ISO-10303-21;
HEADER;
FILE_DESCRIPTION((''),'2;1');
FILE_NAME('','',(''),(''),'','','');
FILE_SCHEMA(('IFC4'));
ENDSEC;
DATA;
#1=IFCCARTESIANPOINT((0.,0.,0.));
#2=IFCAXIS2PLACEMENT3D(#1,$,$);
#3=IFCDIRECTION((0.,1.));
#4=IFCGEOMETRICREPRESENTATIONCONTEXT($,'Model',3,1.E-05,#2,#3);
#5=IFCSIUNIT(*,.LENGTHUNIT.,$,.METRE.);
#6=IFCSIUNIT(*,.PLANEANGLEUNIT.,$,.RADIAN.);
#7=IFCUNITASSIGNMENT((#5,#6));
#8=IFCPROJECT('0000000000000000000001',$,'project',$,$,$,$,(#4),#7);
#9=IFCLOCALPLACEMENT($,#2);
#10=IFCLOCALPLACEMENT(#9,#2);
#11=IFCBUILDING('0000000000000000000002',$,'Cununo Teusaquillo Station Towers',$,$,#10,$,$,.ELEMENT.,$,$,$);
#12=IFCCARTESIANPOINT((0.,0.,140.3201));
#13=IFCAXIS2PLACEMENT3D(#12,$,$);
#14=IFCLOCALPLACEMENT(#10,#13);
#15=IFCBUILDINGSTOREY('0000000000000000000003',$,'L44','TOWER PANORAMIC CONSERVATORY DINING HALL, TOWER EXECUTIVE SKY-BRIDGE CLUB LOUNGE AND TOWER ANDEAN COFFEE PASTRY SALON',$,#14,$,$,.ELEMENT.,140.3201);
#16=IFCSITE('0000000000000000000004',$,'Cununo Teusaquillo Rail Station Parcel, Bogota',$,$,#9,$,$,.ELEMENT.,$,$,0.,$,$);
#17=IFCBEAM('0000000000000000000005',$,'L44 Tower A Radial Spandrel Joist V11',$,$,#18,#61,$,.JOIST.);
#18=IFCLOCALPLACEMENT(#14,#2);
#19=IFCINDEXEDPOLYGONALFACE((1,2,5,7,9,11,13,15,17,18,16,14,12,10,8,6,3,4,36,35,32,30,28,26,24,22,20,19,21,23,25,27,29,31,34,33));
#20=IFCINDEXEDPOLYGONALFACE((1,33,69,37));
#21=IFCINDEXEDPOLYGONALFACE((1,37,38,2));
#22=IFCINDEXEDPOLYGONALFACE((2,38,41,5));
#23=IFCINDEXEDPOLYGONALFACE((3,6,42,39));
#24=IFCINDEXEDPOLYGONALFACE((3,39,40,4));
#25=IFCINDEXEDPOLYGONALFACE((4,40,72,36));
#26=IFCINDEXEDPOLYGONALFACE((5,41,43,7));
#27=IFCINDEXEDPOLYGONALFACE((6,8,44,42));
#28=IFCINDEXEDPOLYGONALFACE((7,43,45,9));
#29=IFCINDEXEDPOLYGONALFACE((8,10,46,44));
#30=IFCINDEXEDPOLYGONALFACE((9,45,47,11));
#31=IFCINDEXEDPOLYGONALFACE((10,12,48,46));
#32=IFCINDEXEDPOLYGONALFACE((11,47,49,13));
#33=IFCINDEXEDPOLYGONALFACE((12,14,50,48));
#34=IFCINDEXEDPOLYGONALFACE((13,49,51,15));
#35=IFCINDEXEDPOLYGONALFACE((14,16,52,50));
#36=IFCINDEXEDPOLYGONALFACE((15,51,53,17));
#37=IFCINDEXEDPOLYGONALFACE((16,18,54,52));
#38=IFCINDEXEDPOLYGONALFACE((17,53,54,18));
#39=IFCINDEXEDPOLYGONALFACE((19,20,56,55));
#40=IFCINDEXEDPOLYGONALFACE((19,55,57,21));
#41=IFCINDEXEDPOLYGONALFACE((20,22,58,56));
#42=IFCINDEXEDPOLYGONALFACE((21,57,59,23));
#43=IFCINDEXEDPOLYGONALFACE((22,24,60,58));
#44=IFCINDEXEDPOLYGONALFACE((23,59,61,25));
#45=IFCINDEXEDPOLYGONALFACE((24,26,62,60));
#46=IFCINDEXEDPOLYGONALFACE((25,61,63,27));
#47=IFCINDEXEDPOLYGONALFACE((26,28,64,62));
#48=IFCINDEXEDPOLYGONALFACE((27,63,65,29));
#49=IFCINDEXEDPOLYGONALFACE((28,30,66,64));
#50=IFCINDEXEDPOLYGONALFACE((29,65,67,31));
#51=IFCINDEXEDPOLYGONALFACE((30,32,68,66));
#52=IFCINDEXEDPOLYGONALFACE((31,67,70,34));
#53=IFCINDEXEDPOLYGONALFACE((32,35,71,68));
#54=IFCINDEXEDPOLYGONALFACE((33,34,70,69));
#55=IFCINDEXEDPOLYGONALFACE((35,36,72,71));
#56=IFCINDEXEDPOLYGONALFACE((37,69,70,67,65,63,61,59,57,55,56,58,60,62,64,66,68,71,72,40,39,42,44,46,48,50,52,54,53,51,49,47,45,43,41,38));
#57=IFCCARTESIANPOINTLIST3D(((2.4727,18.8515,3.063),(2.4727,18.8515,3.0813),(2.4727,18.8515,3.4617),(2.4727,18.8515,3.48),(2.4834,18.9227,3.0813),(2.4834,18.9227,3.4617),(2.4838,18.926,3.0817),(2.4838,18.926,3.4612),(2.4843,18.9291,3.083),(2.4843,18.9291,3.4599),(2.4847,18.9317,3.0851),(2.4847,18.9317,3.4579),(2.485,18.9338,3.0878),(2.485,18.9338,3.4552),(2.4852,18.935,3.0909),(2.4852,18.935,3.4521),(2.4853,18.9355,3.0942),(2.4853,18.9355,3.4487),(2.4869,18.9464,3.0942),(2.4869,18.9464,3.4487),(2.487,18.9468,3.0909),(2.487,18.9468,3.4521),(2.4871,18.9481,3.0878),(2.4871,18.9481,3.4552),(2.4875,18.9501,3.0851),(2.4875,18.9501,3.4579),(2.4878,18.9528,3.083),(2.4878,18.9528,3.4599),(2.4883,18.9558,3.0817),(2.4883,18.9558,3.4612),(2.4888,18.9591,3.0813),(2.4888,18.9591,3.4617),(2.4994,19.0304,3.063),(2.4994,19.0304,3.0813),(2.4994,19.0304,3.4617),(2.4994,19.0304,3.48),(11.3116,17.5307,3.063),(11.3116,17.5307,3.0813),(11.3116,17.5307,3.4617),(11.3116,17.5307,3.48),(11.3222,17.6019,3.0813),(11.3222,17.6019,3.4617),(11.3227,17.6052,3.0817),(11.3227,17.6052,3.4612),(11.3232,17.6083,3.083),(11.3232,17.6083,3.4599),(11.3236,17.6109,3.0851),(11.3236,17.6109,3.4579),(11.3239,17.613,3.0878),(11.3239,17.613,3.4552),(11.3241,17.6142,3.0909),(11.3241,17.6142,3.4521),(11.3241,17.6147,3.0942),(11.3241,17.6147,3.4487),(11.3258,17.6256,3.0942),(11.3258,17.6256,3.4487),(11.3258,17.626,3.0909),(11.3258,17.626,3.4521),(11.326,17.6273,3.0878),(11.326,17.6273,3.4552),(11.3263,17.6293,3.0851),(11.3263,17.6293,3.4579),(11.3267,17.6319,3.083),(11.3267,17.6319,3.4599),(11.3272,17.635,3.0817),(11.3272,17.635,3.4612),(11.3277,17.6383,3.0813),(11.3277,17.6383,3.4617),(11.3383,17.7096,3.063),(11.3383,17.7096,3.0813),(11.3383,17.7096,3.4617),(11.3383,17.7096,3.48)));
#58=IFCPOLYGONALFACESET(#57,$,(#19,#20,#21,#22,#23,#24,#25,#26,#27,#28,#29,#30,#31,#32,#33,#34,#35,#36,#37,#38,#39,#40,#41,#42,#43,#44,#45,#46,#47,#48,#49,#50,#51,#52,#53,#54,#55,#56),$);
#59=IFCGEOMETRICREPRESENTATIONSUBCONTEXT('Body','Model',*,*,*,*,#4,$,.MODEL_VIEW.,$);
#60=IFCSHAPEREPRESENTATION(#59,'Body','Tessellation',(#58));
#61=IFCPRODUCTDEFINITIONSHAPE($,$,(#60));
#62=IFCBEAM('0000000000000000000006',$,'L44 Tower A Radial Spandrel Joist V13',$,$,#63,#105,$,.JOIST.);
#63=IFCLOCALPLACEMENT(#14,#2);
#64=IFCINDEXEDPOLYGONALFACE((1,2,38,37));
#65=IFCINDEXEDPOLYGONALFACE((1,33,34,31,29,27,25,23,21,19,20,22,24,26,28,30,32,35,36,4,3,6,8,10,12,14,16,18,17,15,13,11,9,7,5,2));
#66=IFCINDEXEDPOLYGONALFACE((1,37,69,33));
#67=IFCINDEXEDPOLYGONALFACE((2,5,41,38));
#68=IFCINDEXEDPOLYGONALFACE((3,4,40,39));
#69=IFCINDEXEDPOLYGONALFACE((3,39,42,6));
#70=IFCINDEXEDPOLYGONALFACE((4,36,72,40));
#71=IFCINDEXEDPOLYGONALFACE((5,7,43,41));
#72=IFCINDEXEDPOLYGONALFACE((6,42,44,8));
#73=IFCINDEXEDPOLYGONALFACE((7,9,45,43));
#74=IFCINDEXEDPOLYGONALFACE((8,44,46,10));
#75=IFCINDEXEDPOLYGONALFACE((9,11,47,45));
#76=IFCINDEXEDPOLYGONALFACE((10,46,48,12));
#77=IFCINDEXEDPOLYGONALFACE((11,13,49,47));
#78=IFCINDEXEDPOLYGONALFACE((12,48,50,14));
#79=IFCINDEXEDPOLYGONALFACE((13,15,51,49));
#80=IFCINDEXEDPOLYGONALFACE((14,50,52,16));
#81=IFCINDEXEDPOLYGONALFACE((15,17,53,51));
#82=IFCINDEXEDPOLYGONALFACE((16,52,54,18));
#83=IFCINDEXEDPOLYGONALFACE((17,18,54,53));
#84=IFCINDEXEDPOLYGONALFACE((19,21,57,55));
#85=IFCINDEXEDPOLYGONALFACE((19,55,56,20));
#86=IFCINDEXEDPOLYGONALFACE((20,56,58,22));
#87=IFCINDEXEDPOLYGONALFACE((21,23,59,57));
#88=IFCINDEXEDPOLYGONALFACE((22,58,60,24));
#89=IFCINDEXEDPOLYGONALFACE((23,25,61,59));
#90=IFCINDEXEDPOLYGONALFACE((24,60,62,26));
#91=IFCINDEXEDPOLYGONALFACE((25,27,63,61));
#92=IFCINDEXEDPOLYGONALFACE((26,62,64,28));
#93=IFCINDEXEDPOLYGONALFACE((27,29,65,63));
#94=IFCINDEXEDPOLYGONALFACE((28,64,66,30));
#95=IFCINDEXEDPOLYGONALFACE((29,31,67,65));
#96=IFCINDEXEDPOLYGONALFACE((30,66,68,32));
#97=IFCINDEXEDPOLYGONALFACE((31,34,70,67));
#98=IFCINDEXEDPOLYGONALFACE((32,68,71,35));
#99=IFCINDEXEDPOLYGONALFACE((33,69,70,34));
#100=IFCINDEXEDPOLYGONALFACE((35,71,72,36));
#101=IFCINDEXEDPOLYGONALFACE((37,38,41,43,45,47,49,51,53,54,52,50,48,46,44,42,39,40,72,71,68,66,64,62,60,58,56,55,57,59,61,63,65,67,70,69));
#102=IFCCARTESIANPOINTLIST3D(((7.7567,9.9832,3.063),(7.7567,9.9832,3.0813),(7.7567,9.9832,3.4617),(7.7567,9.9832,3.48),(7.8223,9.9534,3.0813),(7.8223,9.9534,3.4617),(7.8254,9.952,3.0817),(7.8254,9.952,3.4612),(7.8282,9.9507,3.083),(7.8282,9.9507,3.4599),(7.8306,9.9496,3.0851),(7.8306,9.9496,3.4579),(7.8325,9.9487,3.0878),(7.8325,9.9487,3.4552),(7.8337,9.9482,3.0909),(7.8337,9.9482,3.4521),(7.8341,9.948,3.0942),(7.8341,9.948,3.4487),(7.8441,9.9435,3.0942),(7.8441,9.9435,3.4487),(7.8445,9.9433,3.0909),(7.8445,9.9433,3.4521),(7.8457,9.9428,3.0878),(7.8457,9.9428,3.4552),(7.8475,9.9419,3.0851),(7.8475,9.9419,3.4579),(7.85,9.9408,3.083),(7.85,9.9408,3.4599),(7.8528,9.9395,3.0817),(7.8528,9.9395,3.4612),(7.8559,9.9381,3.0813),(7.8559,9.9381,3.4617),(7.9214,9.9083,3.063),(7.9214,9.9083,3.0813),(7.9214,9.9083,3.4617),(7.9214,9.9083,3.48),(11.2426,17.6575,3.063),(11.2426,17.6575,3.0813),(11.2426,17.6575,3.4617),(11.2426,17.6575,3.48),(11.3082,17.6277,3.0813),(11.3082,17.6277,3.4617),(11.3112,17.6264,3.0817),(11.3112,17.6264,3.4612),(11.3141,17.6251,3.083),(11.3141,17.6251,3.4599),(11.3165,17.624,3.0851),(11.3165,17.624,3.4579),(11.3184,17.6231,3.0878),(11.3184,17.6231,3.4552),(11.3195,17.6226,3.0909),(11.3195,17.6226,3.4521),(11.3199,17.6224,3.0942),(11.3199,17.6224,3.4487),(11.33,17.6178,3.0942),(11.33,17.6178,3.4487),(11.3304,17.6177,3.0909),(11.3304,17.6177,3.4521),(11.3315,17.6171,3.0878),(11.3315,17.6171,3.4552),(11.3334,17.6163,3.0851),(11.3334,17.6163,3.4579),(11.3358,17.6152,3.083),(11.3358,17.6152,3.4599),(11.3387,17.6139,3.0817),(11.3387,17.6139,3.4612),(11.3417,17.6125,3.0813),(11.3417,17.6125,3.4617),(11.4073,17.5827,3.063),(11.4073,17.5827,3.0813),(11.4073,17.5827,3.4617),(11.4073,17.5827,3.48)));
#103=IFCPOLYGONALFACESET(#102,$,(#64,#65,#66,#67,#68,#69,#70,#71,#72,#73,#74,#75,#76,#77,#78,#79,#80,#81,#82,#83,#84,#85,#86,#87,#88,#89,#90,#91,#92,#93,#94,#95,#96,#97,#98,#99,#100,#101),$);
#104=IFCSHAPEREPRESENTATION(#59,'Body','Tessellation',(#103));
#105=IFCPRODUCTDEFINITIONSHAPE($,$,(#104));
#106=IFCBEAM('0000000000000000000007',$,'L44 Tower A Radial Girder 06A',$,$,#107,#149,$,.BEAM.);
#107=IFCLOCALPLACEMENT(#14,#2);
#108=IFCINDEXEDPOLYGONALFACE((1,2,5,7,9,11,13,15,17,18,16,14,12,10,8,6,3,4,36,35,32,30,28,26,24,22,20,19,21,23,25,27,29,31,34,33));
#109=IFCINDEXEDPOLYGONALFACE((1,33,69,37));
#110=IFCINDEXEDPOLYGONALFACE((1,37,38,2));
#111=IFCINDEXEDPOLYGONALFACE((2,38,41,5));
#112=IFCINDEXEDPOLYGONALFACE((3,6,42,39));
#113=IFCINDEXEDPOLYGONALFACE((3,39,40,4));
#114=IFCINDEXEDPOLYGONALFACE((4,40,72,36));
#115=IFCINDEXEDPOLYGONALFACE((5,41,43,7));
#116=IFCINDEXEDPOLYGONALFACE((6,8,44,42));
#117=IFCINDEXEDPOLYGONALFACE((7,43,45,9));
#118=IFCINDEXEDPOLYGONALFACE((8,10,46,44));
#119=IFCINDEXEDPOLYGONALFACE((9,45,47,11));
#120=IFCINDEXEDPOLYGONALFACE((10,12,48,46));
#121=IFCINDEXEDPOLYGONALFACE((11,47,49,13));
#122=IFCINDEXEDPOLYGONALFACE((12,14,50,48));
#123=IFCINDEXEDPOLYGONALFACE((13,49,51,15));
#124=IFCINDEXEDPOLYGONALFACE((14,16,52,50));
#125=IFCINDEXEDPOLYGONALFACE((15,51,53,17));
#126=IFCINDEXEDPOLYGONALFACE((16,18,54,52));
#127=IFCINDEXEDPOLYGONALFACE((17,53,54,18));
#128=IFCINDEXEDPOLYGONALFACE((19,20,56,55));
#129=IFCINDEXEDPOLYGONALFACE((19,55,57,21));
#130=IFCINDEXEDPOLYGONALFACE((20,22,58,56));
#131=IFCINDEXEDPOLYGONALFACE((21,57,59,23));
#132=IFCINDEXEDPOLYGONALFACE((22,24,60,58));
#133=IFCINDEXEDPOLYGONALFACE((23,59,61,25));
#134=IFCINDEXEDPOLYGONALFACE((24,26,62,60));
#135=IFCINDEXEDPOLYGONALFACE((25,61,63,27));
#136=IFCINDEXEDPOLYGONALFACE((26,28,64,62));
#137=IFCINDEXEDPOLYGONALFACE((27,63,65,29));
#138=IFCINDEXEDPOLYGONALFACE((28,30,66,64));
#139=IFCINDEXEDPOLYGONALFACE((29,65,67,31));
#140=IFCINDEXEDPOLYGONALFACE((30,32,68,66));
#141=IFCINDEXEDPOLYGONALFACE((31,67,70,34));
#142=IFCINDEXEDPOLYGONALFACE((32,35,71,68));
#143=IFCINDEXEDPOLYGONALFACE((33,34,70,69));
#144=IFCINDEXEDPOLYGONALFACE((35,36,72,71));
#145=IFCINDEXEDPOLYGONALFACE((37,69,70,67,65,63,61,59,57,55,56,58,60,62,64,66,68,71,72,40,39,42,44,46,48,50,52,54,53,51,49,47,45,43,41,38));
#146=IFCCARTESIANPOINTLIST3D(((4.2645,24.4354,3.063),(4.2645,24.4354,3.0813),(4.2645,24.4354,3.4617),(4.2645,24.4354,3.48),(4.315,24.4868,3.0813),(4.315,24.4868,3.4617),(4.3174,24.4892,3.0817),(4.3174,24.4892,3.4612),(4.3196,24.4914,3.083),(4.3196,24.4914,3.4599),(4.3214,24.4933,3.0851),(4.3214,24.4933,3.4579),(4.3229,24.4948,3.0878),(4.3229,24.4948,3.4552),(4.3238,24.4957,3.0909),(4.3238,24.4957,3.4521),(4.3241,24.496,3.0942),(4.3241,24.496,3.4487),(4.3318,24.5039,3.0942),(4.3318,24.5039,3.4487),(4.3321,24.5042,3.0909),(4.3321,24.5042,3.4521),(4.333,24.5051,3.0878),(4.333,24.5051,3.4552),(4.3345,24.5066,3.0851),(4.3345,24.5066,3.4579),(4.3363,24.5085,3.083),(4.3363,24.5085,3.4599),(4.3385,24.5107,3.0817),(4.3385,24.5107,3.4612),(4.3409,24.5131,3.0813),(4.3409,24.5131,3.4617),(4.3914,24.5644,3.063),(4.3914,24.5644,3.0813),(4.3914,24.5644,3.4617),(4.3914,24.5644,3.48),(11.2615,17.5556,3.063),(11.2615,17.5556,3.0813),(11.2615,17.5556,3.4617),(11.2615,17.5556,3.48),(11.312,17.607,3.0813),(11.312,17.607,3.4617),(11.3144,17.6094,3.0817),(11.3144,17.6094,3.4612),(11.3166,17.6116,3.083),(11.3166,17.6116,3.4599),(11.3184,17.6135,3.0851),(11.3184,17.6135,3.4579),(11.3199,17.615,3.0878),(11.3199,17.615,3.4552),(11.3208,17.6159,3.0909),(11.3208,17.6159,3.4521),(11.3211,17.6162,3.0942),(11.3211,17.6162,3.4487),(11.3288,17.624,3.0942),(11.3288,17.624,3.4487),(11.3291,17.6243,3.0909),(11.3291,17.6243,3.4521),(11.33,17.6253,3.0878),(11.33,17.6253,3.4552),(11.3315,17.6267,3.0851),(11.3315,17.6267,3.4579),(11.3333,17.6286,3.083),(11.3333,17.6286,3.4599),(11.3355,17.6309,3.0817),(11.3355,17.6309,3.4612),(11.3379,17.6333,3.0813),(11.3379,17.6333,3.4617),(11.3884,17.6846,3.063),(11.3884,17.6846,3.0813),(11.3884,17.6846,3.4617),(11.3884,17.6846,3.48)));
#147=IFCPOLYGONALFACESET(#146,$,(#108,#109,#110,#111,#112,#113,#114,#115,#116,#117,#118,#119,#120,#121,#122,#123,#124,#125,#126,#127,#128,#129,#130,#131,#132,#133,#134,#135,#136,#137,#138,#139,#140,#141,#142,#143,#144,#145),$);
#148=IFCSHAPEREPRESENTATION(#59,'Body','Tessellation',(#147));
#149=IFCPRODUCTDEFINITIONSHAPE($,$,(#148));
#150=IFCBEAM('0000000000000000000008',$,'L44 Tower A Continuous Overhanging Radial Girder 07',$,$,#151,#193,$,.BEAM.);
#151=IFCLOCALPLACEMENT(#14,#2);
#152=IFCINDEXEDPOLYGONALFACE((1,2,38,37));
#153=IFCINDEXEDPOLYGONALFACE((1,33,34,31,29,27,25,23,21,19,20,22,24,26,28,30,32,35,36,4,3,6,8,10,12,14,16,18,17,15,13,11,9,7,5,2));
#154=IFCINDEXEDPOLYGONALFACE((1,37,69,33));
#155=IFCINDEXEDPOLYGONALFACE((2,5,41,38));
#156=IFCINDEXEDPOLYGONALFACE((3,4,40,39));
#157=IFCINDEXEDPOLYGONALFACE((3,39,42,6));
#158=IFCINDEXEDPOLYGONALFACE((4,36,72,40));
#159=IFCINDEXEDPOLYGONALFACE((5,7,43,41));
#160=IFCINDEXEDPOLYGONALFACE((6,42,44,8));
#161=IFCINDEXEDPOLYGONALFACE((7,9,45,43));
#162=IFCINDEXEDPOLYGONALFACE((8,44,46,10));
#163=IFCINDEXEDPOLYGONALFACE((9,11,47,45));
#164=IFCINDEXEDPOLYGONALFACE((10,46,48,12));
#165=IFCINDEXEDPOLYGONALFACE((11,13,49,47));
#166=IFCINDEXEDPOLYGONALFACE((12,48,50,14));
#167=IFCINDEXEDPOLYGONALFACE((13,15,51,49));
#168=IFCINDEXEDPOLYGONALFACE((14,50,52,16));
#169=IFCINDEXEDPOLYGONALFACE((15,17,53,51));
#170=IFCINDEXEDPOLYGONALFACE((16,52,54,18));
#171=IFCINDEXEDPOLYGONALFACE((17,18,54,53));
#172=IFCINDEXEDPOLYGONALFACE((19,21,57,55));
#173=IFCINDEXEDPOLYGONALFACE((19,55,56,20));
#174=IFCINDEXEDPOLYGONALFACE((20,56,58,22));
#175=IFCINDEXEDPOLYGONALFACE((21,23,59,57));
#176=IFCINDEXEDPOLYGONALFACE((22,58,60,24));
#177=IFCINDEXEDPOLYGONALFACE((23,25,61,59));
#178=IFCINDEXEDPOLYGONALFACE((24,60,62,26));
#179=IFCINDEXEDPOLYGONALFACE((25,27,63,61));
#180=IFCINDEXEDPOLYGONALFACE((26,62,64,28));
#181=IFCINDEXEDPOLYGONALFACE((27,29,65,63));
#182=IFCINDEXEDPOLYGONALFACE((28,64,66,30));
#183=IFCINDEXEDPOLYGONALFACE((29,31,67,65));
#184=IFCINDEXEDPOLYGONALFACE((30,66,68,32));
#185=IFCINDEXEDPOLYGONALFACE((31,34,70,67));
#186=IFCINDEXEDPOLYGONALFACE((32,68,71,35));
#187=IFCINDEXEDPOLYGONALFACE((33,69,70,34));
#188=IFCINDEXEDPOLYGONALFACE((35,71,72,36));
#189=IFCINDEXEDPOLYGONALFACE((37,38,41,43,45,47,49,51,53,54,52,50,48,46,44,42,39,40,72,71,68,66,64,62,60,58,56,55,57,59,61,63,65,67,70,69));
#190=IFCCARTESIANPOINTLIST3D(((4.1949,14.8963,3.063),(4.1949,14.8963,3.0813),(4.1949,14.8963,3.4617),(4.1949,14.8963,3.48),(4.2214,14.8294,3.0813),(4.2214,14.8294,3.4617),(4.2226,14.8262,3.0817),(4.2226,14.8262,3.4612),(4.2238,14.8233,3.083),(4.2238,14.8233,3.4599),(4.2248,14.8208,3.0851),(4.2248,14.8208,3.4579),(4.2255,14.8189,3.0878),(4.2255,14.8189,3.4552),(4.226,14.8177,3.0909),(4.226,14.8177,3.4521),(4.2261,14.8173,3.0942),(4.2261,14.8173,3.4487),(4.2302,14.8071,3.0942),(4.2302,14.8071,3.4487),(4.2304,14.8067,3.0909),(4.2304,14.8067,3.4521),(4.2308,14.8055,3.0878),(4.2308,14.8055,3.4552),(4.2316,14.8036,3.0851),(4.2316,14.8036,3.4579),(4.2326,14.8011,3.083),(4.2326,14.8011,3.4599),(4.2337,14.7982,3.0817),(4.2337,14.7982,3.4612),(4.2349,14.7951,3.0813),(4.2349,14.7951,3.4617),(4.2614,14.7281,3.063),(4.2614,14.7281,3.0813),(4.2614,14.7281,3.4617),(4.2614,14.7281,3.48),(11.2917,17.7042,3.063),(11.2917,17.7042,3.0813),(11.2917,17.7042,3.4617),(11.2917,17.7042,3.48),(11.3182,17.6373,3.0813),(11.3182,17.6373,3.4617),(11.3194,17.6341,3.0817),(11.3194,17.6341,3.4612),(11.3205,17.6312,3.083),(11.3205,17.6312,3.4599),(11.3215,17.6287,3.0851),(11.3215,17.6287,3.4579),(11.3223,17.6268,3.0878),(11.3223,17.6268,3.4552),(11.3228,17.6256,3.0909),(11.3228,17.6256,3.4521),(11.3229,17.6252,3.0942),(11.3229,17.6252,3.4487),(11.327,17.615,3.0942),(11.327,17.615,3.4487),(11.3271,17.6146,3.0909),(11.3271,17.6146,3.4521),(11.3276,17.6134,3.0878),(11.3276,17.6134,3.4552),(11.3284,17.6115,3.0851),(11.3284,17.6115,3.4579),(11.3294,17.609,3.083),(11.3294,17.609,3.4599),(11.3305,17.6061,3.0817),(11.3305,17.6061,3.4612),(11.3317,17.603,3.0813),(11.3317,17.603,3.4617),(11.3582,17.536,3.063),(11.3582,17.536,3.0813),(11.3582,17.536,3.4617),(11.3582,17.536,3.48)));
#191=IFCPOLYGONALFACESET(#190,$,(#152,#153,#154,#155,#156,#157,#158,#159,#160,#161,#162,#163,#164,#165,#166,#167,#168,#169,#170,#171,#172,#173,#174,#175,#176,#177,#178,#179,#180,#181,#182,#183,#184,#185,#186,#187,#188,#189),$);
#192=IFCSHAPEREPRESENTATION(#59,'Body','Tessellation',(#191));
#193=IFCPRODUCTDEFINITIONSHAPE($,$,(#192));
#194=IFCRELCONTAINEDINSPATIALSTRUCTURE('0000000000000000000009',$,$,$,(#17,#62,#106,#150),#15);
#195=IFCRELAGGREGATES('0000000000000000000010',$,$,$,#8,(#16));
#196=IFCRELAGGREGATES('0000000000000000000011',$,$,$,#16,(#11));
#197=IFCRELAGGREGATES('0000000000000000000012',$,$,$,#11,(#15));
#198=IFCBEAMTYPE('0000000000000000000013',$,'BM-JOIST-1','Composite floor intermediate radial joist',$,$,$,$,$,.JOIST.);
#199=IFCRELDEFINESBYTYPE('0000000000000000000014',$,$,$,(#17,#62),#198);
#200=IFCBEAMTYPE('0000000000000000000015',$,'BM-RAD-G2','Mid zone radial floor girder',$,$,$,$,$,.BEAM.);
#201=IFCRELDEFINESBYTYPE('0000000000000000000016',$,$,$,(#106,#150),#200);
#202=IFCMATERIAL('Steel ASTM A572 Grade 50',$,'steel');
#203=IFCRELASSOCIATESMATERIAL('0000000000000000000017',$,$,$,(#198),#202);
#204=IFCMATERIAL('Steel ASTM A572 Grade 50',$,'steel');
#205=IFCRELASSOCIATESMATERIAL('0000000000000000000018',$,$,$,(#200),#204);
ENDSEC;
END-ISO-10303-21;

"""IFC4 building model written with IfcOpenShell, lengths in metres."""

from ifc_helpers import new_model, si_unit, direction, frame, origin, origin_2d, place, context, subcontext, project, spatial, i_section, extrude, material, material_profile, profile_set, type_object, element, save


model = new_model("IFC4")

# Units and contexts
model_context = context("Model", 3, precision=1e-05, world=origin(), true_north=direction((0.0, 1.0)))
body_context = subcontext(model_context, "Body", "Model", "MODEL_VIEW")
ifc_project = project(units=[si_unit("LENGTHUNIT", "METRE"), si_unit("PLANEANGLEUNIT", "RADIAN")], contexts=[model_context])

# Site, building, storey
site_placement = place(None, origin())
site = spatial("IfcSite", under=ifc_project, at=site_placement, Name="Cununo Teusaquillo Rail Station Parcel, Bogota", CompositionType="ELEMENT", RefElevation=0.0)
building_placement = place(site_placement, origin())
building = spatial("IfcBuilding", under=site, at=building_placement, Name="Cununo Teusaquillo Station Towers", CompositionType="ELEMENT")
storey_placement = place(building_placement, frame((0.0, 0.0, 140.3201)))
storey = spatial("IfcBuildingStorey", under=building, at=storey_placement, Name="L44", Description="TOWER PANORAMIC CONSERVATORY DINING HALL, TOWER EXECUTIVE SKY-BRIDGE CLUB LOUNGE AND TOWER ANDEAN COFFEE PASTRY SALON", CompositionType="ELEMENT", Elevation=140.3201)

# Beams
ifc_material_1 = material(Name="Steel ASTM A572 Grade 50", Category="steel")
ifc_material_profile_1 = material_profile(ifc_material_1, i_section(OverallWidth=0.1809, OverallDepth=0.417, WebThickness=0.011, FlangeThickness=0.0183, FilletRadius=0.0129, at=origin_2d()), Name="W16X57")
ifc_profile_set_1 = profile_set([ifc_material_profile_1], Name="Steel ASTM A572 Grade 50")
beam_type_1 = type_object("IfcBeamType", Name="BM-JOIST-1", Description="Composite floor intermediate radial joist", PredefinedType="JOIST", material=ifc_profile_set_1)
beam_1_placement = place(storey_placement, frame((11.325, 17.6201, 3.2715), z_axis=(-0.989019, 0.14779, 0.0), x_axis=(-0.14779, -0.989019, 0.0)))
element("IfcBeam", 1, at=beam_1_placement, inside=storey, type_object=beam_type_1, Name="L44 Tower A Radial Spandrel Joist V11", PredefinedType="JOIST", context=body_context, shape_type="SweptSolid", body=[
    extrude(i_section(OverallWidth=0.1809, OverallDepth=0.417, WebThickness=0.011, FlangeThickness=0.0183, FilletRadius=0.0129, at=origin_2d()), origin(), (0.0, 0.0, 1.0), 8.937),
])
beam_2_placement = place(storey_placement, frame((11.325, 17.6201, 3.2715), z_axis=(-0.413559, -0.910478, 0.0), x_axis=(0.910478, -0.413559, 0.0)))
element("IfcBeam", 2, at=beam_2_placement, inside=storey, type_object=beam_type_1, Name="L44 Tower A Radial Spandrel Joist V13", PredefinedType="JOIST", context=body_context, shape_type="SweptSolid", body=[
    extrude(i_section(OverallWidth=0.1809, OverallDepth=0.417, WebThickness=0.011, FlangeThickness=0.0183, FilletRadius=0.0129, at=origin_2d()), origin(), (0.0, 0.0, 1.0), 8.429),
])
ifc_material_2 = material(Name="Steel ASTM A572 Grade 50", Category="steel")
ifc_material_profile_2 = material_profile(ifc_material_2, i_section(OverallWidth=0.1809, OverallDepth=0.417, WebThickness=0.011, FlangeThickness=0.0183, FilletRadius=0.0129, at=origin_2d()), Name="W16X57")
ifc_profile_set_2 = profile_set([ifc_material_profile_2], Name="Steel ASTM A572 Grade 50")
beam_type_2 = type_object("IfcBeamType", Name="BM-RAD-G2", Description="Mid zone radial floor girder", PredefinedType="BEAM", material=ifc_profile_set_2)
beam_3_placement = place(storey_placement, frame((11.325, 17.6201, 3.2715), z_axis=(-0.713053, 0.70111, 0.0), x_axis=(-0.70111, -0.713053, 0.0)))
element("IfcBeam", 3, at=beam_3_placement, inside=storey, type_object=beam_type_2, Name="L44 Tower A Radial Girder 06A", PredefinedType="BEAM", context=body_context, shape_type="SweptSolid", body=[
    extrude(i_section(OverallWidth=0.1809, OverallDepth=0.417, WebThickness=0.011, FlangeThickness=0.0183, FilletRadius=0.0129, at=origin_2d()), origin(), (0.0, 0.0, 1.0), 9.8127),
])
beam_4_placement = place(storey_placement, frame((11.325, 17.6201, 3.2715), z_axis=(-0.929862, -0.367908, 0.0), x_axis=(0.367908, -0.929862, 0.0)))
element("IfcBeam", 4, at=beam_4_placement, inside=storey, type_object=beam_type_2, Name="L44 Tower A Continuous Overhanging Radial Girder 07", PredefinedType="BEAM", context=body_context, shape_type="SweptSolid", body=[
    extrude(i_section(OverallWidth=0.1809, OverallDepth=0.417, WebThickness=0.011, FlangeThickness=0.0183, FilletRadius=0.0129, at=origin_2d()), origin(), (0.0, 0.0, 1.0), 7.6321),
])

save(model, "model.ifc")
